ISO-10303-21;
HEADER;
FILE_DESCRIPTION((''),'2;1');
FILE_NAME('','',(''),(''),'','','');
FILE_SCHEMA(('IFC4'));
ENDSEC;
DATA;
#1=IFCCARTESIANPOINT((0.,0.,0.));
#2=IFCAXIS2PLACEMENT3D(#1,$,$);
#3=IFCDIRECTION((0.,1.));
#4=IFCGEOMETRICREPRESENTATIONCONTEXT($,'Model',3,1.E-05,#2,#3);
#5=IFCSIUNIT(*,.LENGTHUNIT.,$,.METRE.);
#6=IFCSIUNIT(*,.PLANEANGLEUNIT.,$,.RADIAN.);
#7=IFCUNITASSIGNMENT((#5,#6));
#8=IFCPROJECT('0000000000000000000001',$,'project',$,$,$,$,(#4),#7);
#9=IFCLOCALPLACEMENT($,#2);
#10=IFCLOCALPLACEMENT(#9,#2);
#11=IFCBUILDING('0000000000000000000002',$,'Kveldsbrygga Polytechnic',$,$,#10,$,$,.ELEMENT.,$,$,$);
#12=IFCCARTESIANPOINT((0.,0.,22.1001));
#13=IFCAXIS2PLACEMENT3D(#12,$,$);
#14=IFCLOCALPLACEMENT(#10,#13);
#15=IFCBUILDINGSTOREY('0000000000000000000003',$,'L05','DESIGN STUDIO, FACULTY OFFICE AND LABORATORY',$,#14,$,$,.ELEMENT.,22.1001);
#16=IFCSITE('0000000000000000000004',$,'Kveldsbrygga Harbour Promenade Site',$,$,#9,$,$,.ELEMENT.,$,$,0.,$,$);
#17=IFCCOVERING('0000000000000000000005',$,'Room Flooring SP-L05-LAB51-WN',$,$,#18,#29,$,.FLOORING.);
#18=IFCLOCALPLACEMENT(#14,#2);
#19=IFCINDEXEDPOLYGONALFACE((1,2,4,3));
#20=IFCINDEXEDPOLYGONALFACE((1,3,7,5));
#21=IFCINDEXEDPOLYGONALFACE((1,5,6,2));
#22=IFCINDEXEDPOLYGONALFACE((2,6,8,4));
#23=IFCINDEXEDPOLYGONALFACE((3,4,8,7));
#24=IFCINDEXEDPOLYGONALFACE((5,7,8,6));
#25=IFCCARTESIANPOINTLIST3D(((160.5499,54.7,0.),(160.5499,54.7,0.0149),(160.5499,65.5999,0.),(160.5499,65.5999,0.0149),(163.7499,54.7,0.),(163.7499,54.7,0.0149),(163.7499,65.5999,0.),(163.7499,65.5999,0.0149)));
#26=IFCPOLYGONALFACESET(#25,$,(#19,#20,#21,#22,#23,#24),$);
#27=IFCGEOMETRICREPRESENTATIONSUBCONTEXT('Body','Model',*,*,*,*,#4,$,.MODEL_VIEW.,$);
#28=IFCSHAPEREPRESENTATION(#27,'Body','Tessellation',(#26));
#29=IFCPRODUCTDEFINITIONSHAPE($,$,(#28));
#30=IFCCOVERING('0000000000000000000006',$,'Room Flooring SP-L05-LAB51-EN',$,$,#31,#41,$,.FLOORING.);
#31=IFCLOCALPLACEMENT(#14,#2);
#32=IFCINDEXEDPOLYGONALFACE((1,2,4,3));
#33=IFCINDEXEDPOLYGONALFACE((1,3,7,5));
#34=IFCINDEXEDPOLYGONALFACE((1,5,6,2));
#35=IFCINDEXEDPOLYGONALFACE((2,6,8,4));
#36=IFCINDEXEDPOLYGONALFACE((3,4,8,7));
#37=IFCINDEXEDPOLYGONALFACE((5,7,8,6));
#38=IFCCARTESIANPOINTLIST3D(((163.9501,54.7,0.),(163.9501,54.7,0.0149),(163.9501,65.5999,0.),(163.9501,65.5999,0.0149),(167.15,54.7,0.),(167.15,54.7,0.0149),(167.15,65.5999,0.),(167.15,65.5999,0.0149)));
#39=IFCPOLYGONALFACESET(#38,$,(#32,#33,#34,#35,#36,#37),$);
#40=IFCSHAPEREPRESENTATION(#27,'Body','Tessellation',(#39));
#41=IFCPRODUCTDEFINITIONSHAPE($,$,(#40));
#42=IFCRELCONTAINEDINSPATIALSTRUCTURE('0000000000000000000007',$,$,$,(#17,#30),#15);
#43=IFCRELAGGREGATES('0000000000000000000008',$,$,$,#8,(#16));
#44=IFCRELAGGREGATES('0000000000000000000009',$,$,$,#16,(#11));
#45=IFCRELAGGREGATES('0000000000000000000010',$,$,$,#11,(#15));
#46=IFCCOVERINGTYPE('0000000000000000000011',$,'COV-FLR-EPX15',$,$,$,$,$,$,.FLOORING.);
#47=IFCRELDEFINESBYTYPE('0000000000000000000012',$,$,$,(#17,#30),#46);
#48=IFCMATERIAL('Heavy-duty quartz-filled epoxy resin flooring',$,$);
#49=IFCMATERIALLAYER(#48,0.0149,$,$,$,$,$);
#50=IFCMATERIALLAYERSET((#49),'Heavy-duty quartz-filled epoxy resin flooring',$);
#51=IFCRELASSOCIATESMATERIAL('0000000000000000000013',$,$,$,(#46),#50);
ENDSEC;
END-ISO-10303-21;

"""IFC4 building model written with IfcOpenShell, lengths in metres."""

from ifc_helpers import new_model, si_unit, direction, frame, origin, origin_2d, place, context, subcontext, project, spatial, rectangle, extrude, material, layer, layer_set, type_object, element, save


model = new_model("IFC4")

# Units and contexts
model_context = context("Model", 3, precision=1e-05, world=origin(), true_north=direction((0.0, 1.0)))
body_context = subcontext(model_context, "Body", "Model", "MODEL_VIEW")
ifc_project = project(units=[si_unit("LENGTHUNIT", "METRE"), si_unit("PLANEANGLEUNIT", "RADIAN")], contexts=[model_context])

# Site, building, storey
site_placement = place(None, origin())
site = spatial("IfcSite", under=ifc_project, at=site_placement, Name="Kveldsbrygga Harbour Promenade Site", CompositionType="ELEMENT", RefElevation=0.0)
building_placement = place(site_placement, origin())
building = spatial("IfcBuilding", under=site, at=building_placement, Name="Kveldsbrygga Polytechnic", CompositionType="ELEMENT")
storey_placement = place(building_placement, frame((0.0, 0.0, 22.1001)))
storey = spatial("IfcBuildingStorey", under=building, at=storey_placement, Name="L05", Description="DESIGN STUDIO, FACULTY OFFICE AND LABORATORY", CompositionType="ELEMENT", Elevation=22.1001)

# Coverings
ifc_material_1 = material(Name="Heavy-duty quartz-filled epoxy resin flooring")
ifc_layer_1 = layer(ifc_material_1, 0.0149)
ifc_layer_set_1 = layer_set([ifc_layer_1], Name="Heavy-duty quartz-filled epoxy resin flooring")
covering_type = type_object("IfcCoveringType", Name="COV-FLR-EPX15", PredefinedType="FLOORING", material=ifc_layer_set_1)
for number, where, z_axis, x_axis, name in (
    (1, (162.1499, 60.1499, 0.0), (0.0, 0.0, 1.0), (1.0, 0.0, 0.0), "Room Flooring SP-L05-LAB51-WN"),
    (2, (165.55, 60.1499, 0.0), (0.0, 0.0, 1.0), (1.0, 0.0, 0.0), "Room Flooring SP-L05-LAB51-EN"),
):
    element("IfcCovering", number, at=place(storey_placement, frame(where, z_axis=z_axis, x_axis=x_axis)), inside=storey, type_object=covering_type, Name=name, PredefinedType="FLOORING", context=body_context, shape_type="SweptSolid", body=[
        extrude(rectangle(XDim=3.2, YDim=10.8999, at=origin_2d()), origin(), (0.0, 0.0, 1.0), 0.0149),
    ])

save(model, "model.ifc")
